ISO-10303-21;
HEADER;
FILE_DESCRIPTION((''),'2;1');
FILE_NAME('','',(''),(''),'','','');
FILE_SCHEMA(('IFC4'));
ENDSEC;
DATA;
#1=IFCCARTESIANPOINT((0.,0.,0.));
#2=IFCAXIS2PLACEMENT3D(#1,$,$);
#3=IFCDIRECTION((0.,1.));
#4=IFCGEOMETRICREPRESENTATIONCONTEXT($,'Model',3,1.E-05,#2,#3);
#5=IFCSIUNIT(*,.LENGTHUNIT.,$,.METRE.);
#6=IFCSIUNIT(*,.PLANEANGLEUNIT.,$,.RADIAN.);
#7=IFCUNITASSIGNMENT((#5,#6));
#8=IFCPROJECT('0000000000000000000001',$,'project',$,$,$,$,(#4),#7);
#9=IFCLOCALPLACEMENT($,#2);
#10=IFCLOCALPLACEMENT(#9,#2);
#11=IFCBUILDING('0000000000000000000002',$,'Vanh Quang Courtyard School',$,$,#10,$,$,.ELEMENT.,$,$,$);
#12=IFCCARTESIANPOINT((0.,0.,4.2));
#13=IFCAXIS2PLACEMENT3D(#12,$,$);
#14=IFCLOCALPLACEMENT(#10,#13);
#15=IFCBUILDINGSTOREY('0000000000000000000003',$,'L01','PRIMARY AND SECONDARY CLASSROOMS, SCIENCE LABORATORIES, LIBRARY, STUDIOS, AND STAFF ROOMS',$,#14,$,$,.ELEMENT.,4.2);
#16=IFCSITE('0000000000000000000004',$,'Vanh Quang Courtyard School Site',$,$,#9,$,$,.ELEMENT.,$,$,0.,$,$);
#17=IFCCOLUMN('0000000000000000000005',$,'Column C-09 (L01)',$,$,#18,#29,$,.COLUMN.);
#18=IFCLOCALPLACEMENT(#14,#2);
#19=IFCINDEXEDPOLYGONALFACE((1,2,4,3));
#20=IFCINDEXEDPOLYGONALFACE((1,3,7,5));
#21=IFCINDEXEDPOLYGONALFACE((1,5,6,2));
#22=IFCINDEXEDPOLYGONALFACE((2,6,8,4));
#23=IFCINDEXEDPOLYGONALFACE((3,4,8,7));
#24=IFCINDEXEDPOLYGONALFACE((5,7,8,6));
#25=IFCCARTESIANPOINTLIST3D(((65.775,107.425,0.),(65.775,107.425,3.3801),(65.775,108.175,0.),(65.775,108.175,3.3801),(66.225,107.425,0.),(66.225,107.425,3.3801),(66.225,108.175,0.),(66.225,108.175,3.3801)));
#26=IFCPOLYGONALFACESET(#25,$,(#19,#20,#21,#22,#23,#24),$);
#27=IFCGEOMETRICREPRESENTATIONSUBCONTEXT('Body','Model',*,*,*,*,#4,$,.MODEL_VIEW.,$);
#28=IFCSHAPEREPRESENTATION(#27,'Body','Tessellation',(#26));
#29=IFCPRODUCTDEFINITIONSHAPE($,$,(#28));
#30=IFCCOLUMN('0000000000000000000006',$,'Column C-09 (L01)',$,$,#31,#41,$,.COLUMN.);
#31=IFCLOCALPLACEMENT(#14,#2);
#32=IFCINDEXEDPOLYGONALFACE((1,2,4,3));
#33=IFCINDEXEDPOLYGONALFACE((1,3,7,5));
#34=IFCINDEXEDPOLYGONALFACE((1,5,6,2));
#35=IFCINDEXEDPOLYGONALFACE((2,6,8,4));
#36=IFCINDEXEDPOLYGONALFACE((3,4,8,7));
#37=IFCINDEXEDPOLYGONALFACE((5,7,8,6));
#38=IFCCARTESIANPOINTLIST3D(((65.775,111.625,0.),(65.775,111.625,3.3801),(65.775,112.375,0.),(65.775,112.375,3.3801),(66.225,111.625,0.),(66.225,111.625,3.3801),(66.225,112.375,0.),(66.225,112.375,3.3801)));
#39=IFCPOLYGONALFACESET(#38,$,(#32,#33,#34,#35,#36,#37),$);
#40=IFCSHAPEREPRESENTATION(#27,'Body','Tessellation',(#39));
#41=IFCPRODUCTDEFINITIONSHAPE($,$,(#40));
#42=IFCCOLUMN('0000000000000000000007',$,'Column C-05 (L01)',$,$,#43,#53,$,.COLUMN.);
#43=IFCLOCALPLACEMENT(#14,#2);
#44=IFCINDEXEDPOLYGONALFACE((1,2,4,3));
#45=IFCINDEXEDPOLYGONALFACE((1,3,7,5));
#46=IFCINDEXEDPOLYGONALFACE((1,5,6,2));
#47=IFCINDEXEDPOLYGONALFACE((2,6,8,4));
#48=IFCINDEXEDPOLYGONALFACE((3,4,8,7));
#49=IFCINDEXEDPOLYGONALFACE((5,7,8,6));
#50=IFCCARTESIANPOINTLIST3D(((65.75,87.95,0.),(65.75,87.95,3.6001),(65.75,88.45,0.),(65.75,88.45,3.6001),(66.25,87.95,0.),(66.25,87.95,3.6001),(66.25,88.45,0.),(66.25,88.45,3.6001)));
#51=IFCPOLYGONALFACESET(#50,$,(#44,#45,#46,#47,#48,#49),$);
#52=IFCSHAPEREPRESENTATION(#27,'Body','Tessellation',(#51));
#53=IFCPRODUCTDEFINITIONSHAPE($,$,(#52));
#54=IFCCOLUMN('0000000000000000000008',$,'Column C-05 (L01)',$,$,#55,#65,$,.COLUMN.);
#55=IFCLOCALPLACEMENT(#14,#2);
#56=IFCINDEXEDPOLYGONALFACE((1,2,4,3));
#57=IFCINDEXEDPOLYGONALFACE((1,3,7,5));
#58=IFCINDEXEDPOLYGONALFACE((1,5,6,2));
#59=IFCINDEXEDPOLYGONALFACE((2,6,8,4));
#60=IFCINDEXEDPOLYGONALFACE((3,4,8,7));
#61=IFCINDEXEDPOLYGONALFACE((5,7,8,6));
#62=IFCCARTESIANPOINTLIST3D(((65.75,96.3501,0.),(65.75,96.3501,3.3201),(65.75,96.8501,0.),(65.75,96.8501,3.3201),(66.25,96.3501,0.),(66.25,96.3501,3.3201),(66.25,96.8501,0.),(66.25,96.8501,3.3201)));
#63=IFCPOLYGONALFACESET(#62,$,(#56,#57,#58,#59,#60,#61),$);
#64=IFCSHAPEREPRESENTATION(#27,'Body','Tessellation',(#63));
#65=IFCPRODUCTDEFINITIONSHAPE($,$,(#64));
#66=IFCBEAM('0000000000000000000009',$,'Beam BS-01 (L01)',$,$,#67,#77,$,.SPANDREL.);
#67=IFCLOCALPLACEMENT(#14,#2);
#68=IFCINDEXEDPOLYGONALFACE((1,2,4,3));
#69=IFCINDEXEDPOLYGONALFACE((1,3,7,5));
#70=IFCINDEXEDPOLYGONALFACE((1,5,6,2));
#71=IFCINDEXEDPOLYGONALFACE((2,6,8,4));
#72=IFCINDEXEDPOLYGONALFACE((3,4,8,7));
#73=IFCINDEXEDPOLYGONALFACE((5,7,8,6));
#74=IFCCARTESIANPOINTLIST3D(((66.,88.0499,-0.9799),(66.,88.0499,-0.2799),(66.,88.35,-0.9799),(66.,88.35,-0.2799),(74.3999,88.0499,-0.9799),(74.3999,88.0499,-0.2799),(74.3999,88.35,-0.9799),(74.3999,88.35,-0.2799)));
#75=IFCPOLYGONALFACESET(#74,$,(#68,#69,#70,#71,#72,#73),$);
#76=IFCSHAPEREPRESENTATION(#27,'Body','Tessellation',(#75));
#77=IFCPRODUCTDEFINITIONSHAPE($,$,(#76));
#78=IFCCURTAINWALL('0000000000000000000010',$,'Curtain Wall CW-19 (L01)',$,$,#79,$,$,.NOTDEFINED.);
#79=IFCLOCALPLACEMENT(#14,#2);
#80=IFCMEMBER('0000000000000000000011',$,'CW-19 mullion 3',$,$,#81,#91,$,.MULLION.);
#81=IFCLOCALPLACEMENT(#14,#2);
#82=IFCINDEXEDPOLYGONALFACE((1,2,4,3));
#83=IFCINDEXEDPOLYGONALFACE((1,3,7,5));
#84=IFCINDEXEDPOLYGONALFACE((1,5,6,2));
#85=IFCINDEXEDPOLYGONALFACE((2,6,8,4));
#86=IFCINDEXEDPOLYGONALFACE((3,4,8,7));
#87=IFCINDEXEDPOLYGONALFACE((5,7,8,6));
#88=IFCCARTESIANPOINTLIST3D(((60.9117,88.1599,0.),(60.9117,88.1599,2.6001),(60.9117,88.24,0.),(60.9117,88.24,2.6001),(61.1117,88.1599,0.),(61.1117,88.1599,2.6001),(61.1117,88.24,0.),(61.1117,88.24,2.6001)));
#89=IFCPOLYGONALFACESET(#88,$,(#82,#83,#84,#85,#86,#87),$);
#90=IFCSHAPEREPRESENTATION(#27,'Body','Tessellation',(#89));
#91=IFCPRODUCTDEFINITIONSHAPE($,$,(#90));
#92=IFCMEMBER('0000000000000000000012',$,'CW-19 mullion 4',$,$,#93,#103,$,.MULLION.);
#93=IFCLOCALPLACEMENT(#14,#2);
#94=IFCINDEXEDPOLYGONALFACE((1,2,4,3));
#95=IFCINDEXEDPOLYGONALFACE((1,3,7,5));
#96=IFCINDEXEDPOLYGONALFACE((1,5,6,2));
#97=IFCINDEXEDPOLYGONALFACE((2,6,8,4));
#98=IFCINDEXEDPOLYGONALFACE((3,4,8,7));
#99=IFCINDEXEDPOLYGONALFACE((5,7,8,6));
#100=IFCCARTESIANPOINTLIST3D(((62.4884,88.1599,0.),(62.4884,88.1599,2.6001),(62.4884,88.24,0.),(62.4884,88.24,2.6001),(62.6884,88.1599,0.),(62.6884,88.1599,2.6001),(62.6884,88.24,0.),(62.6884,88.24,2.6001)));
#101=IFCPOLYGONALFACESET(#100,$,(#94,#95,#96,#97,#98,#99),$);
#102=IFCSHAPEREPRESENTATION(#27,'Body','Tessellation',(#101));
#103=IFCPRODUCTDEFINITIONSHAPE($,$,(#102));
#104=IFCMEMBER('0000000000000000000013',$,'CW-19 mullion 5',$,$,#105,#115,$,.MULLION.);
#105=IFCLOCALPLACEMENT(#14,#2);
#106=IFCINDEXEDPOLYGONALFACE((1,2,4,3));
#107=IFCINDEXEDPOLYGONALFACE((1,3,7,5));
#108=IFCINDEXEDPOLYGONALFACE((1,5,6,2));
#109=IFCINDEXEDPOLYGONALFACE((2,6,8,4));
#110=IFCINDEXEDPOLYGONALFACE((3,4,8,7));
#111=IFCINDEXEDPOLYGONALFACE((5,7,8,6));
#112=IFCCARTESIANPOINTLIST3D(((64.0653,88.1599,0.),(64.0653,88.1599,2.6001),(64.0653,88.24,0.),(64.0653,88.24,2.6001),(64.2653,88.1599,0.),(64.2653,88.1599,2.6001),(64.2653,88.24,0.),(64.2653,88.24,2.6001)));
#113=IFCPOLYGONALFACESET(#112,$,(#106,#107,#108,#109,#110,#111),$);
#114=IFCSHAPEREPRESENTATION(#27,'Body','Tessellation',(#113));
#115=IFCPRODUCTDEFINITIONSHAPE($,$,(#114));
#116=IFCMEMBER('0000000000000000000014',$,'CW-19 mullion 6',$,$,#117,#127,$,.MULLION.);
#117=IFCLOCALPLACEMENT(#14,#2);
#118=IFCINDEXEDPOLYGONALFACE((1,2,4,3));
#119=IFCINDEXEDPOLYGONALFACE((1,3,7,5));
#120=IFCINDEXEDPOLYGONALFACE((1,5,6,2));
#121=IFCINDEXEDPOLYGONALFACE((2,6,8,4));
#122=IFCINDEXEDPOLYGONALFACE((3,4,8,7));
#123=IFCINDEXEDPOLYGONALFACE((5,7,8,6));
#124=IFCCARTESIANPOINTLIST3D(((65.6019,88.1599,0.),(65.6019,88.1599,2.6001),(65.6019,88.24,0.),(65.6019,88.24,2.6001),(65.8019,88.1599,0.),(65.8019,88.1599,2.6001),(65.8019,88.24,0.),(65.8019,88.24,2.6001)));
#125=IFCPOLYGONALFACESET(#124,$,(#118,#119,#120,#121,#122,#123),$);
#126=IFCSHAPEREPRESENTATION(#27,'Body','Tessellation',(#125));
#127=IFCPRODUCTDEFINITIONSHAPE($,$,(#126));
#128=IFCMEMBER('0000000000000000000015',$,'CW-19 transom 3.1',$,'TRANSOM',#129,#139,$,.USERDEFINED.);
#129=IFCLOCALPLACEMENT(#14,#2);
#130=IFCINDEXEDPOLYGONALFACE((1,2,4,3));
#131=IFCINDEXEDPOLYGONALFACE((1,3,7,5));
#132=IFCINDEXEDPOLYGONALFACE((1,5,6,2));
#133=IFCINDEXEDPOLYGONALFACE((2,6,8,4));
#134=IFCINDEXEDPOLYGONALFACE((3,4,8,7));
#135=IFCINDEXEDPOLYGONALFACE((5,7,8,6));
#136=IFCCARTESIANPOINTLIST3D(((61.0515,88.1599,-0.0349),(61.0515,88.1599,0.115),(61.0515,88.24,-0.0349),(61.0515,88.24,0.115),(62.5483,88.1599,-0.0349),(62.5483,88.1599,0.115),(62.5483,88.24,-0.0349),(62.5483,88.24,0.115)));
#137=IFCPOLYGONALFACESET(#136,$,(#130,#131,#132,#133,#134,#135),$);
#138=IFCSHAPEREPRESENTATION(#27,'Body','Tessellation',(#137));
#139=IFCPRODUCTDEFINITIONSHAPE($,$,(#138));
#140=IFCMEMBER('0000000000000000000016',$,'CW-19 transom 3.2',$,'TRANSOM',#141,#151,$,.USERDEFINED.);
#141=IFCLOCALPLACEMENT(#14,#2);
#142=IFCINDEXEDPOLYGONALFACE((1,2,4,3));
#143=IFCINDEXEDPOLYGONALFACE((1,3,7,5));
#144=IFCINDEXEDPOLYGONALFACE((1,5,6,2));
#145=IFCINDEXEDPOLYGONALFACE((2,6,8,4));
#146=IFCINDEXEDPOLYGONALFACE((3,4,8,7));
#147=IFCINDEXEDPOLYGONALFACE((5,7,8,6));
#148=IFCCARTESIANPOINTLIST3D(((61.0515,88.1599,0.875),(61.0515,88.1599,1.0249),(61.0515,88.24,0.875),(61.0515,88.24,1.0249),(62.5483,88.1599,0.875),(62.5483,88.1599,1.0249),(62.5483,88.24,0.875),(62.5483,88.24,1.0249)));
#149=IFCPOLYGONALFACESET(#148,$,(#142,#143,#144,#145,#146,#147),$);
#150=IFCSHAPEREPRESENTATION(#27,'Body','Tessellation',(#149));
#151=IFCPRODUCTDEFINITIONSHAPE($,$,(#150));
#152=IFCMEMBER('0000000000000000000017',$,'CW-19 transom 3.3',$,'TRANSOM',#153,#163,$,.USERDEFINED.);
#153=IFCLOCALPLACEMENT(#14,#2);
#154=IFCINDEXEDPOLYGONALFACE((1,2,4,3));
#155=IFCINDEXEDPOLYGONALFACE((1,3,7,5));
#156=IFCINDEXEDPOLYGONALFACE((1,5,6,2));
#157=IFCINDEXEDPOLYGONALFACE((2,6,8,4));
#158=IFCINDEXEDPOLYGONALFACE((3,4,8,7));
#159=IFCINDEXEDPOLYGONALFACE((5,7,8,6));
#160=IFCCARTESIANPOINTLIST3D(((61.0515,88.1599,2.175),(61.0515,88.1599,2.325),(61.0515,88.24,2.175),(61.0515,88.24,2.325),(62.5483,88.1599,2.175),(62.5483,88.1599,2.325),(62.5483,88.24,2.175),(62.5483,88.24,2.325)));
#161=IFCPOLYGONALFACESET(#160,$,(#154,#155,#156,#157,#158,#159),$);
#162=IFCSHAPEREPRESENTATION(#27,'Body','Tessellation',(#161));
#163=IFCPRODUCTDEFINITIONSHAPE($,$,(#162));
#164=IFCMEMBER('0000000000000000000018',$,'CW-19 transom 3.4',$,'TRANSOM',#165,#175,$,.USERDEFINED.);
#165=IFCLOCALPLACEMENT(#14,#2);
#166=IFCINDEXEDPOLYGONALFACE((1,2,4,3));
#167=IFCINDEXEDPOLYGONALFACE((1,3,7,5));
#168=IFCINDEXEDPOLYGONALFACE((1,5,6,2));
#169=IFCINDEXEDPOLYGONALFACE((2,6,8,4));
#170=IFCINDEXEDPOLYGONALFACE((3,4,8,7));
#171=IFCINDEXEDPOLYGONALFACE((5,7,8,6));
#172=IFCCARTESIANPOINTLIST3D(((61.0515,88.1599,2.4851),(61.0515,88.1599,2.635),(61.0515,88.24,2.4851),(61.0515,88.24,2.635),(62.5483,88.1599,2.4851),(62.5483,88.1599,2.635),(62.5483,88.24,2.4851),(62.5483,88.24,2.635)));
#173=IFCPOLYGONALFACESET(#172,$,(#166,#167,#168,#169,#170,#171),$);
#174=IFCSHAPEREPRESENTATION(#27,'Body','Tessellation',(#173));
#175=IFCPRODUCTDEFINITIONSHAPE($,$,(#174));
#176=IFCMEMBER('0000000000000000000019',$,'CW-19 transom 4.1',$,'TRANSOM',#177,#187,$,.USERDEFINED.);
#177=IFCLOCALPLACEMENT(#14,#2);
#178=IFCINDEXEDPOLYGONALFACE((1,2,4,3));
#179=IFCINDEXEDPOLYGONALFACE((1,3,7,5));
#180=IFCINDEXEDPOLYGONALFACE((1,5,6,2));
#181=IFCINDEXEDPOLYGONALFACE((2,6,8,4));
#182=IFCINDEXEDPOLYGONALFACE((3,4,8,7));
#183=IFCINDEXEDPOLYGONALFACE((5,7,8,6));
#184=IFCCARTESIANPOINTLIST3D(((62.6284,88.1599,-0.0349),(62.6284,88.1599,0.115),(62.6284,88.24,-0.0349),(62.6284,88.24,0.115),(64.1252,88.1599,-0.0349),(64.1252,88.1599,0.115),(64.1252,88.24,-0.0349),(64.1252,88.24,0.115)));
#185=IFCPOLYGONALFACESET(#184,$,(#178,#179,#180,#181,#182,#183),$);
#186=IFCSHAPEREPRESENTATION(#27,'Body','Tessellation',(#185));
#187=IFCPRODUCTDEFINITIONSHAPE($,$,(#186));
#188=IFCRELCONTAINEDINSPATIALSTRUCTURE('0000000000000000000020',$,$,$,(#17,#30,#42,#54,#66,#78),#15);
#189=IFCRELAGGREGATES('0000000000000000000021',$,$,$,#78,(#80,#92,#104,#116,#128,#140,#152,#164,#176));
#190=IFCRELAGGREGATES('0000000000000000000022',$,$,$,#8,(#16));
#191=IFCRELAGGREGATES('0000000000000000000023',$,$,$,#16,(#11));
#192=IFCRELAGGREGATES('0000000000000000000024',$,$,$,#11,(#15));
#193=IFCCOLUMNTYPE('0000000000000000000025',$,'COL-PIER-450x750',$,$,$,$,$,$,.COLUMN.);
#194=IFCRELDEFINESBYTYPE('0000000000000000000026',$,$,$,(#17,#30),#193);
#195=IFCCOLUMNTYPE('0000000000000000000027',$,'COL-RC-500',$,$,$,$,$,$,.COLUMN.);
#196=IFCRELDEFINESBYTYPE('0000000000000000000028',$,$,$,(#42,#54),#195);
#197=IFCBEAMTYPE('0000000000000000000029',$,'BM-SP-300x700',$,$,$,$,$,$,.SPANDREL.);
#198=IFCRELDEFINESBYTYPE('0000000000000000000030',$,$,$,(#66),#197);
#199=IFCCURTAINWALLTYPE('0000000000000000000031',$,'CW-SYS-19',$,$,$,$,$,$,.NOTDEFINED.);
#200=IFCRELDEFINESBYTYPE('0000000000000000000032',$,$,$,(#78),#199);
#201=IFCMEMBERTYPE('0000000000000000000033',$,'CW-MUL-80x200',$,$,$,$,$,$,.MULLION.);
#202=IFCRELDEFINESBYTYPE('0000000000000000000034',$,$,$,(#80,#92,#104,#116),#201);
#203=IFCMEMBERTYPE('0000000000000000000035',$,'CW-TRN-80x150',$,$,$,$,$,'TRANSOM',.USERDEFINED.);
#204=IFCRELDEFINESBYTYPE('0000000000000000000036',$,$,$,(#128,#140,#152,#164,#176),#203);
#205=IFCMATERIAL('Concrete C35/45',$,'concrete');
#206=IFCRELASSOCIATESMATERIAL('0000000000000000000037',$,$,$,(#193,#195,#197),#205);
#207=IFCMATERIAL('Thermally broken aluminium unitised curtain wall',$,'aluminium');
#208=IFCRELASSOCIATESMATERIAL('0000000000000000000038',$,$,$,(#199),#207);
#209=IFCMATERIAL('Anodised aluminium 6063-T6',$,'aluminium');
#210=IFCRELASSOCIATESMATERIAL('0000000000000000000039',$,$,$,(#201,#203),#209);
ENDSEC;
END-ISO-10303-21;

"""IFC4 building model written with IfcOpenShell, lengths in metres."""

from ifc_helpers import new_model, si_unit, direction, frame, origin, origin_2d, place, context, subcontext, project, spatial, rectangle, extrude, material, material_profile, profile_set, type_object, element, aggregate, save


model = new_model("IFC4")

# Units and contexts
model_context = context("Model", 3, precision=1e-05, world=origin(), true_north=direction((0.0, 1.0)))
body_context = subcontext(model_context, "Body", "Model", "MODEL_VIEW")
ifc_project = project(units=[si_unit("LENGTHUNIT", "METRE"), si_unit("PLANEANGLEUNIT", "RADIAN")], contexts=[model_context])

# Site, building, storey
site_placement = place(None, origin())
site = spatial("IfcSite", under=ifc_project, at=site_placement, Name="Vanh Quang Courtyard School Site", CompositionType="ELEMENT", RefElevation=0.0)
building_placement = place(site_placement, origin())
building = spatial("IfcBuilding", under=site, at=building_placement, Name="Vanh Quang Courtyard School", CompositionType="ELEMENT")
storey_placement = place(building_placement, frame((0.0, 0.0, 4.2)))
storey = spatial("IfcBuildingStorey", under=building, at=storey_placement, Name="L01", Description="PRIMARY AND SECONDARY CLASSROOMS, SCIENCE LABORATORIES, LIBRARY, STUDIOS, AND STAFF ROOMS", CompositionType="ELEMENT", Elevation=4.2)

# Columns
ifc_material_1 = material(Name="Concrete C35/45", Category="concrete")
ifc_material_profile_1 = material_profile(ifc_material_1, rectangle(XDim=0.45, YDim=0.75, at=origin_2d()), Name="RC-PIER 450x750")
ifc_profile_set_1 = profile_set([ifc_material_profile_1], Name="Concrete C35/45")
column_type_1 = type_object("IfcColumnType", Name="COL-PIER-450x750", PredefinedType="COLUMN", material=ifc_profile_set_1)
for number, where, z_axis, x_axis, name in (
    (1, (66.0, 107.8, 0.0), (0.0, 0.0, 1.0), (1.0, 0.0, 0.0), "Column C-09 (L01)"),
    (2, (66.0, 112.0, 0.0), (0.0, 0.0, 1.0), (1.0, 0.0, 0.0), "Column C-09 (L01)"),
):
    element("IfcColumn", number, at=place(storey_placement, frame(where, z_axis=z_axis, x_axis=x_axis)), inside=storey, type_object=column_type_1, Name=name, PredefinedType="COLUMN", context=body_context, shape_type="SweptSolid", body=[
        extrude(rectangle(XDim=0.45, YDim=0.75, at=origin_2d()), origin(), (0.0, 0.0, 1.0), 3.3801),
    ])
ifc_material_profile_2 = material_profile(ifc_material_1, rectangle(XDim=0.5, YDim=0.5, at=origin_2d()), Name="RC-COL 500x500")
ifc_profile_set_2 = profile_set([ifc_material_profile_2], Name="Concrete C35/45")
column_type_2 = type_object("IfcColumnType", Name="COL-RC-500", PredefinedType="COLUMN", material=ifc_profile_set_2)
column_1_placement = place(storey_placement, frame((66.0, 88.2, 0.0), z_axis=(0.0, 0.0, 1.0), x_axis=(1.0, 0.0, 0.0)))
element("IfcColumn", 3, at=column_1_placement, inside=storey, type_object=column_type_2, Name="Column C-05 (L01)", PredefinedType="COLUMN", context=body_context, shape_type="SweptSolid", body=[
    extrude(rectangle(XDim=0.5, YDim=0.5, at=origin_2d()), origin(), (0.0, 0.0, 1.0), 3.6001),
])
column_2_placement = place(storey_placement, frame((66.0, 96.6001, 0.0), z_axis=(0.0, 0.0, 1.0), x_axis=(1.0, 0.0, 0.0)))
element("IfcColumn", 4, at=column_2_placement, inside=storey, type_object=column_type_2, Name="Column C-05 (L01)", PredefinedType="COLUMN", context=body_context, shape_type="SweptSolid", body=[
    extrude(rectangle(XDim=0.5, YDim=0.5, at=origin_2d()), origin(), (0.0, 0.0, 1.0), 3.3201),
])

# Beam
ifc_material_profile_3 = material_profile(ifc_material_1, rectangle(XDim=0.3, YDim=0.7, at=origin_2d()), Name="RC-SP 300x700")
ifc_profile_set_3 = profile_set([ifc_material_profile_3], Name="Concrete C35/45")
beam_type = type_object("IfcBeamType", Name="BM-SP-300x700", PredefinedType="SPANDREL", material=ifc_profile_set_3)
beam_placement = place(storey_placement, frame((66.0, 88.2, -0.6299), z_axis=(1.0, 0.0, 0.0), x_axis=(0.0, 1.0, 0.0)))
element("IfcBeam", 5, at=beam_placement, inside=storey, type_object=beam_type, Name="Beam BS-01 (L01)", PredefinedType="SPANDREL", context=body_context, shape_type="SweptSolid", body=[
    extrude(rectangle(XDim=0.3, YDim=0.7, at=origin_2d()), origin(), (0.0, 0.0, 1.0), 8.3999),
])

# Curtain wall, members
ifc_material_2 = material(Name="Thermally broken aluminium unitised curtain wall", Category="aluminium")
curtain_wall_type = type_object("IfcCurtainWallType", Name="CW-SYS-19", PredefinedType="NOTDEFINED", material=ifc_material_2)
curtain_wall_placement = place(storey_placement, origin())
curtain_wall = element("IfcCurtainWall", 6, at=curtain_wall_placement, inside=storey, type_object=curtain_wall_type, Name="Curtain Wall CW-19 (L01)", PredefinedType="NOTDEFINED")
ifc_material_3 = material(Name="Anodised aluminium 6063-T6", Category="aluminium")
ifc_material_profile_4 = material_profile(ifc_material_3, rectangle(XDim=0.0801, YDim=0.2, at=origin_2d()), Name="ALU-MUL 80x200")
ifc_profile_set_4 = profile_set([ifc_material_profile_4], Name="Anodised aluminium 6063-T6")
member_type_1 = type_object("IfcMemberType", Name="CW-MUL-80x200", PredefinedType="MULLION", material=ifc_profile_set_4)
member_1_placement = place(storey_placement, frame((61.0117, 88.2, 0.0), z_axis=(0.0, 0.0, 1.0), x_axis=(0.0, 1.0, 0.0)))
member_1 = element("IfcMember", 7, at=member_1_placement, type_object=member_type_1, Name="CW-19 mullion 3", PredefinedType="MULLION", context=body_context, shape_type="SweptSolid", body=[
    extrude(rectangle(XDim=0.0801, YDim=0.2, at=origin_2d()), origin(), (0.0, 0.0, 1.0), 2.6001),
])
member_2_placement = place(storey_placement, frame((62.5884, 88.2, 0.0), z_axis=(0.0, 0.0, 1.0), x_axis=(0.0, 1.0, 0.0)))
member_2 = element("IfcMember", 8, at=member_2_placement, type_object=member_type_1, Name="CW-19 mullion 4", PredefinedType="MULLION", context=body_context, shape_type="SweptSolid", body=[
    extrude(rectangle(XDim=0.0801, YDim=0.2, at=origin_2d()), origin(), (0.0, 0.0, 1.0), 2.6001),
])
member_3_placement = place(storey_placement, frame((64.1653, 88.2, 0.0), z_axis=(0.0, 0.0, 1.0), x_axis=(0.0, 1.0, 0.0)))
member_3 = element("IfcMember", 9, at=member_3_placement, type_object=member_type_1, Name="CW-19 mullion 5", PredefinedType="MULLION", context=body_context, shape_type="SweptSolid", body=[
    extrude(rectangle(XDim=0.0801, YDim=0.2, at=origin_2d()), origin(), (0.0, 0.0, 1.0), 2.6001),
])
member_4_placement = place(storey_placement, frame((65.7019, 88.2, 0.0), z_axis=(0.0, 0.0, 1.0), x_axis=(0.0, 1.0, 0.0)))
member_4 = element("IfcMember", 10, at=member_4_placement, type_object=member_type_1, Name="CW-19 mullion 6", PredefinedType="MULLION", context=body_context, shape_type="SweptSolid", body=[
    extrude(rectangle(XDim=0.0801, YDim=0.2, at=origin_2d()), origin(), (0.0, 0.0, 1.0), 2.6001),
])
ifc_material_profile_5 = material_profile(ifc_material_3, rectangle(XDim=0.0801, YDim=0.1499, at=origin_2d()), Name="ALU-TRN 80x150")
ifc_profile_set_5 = profile_set([ifc_material_profile_5], Name="Anodised aluminium 6063-T6")
member_type_2 = type_object("IfcMemberType", Name="CW-TRN-80x150", ElementType="TRANSOM", PredefinedType="USERDEFINED", material=ifc_profile_set_5)
member_5_placement = place(storey_placement, frame((61.0515, 88.2, 0.04), z_axis=(1.0, 0.0, 0.0), x_axis=(0.0, 1.0, 0.0)))
member_5 = element("IfcMember", 11, at=member_5_placement, type_object=member_type_2, Name="CW-19 transom 3.1", ObjectType="TRANSOM", PredefinedType="USERDEFINED", context=body_context, shape_type="SweptSolid", body=[
    extrude(rectangle(XDim=0.0801, YDim=0.1499, at=origin_2d()), origin(), (0.0, 0.0, 1.0), 1.4968),
])
member_6_placement = place(storey_placement, frame((61.0515, 88.2, 0.95), z_axis=(1.0, 0.0, 0.0), x_axis=(0.0, 1.0, 0.0)))
member_6 = element("IfcMember", 12, at=member_6_placement, type_object=member_type_2, Name="CW-19 transom 3.2", ObjectType="TRANSOM", PredefinedType="USERDEFINED", context=body_context, shape_type="SweptSolid", body=[
    extrude(rectangle(XDim=0.0801, YDim=0.1499, at=origin_2d()), origin(), (0.0, 0.0, 1.0), 1.4968),
])
member_7_placement = place(storey_placement, frame((61.0515, 88.2, 2.25), z_axis=(1.0, 0.0, 0.0), x_axis=(0.0, 1.0, 0.0)))
member_7 = element("IfcMember", 13, at=member_7_placement, type_object=member_type_2, Name="CW-19 transom 3.3", ObjectType="TRANSOM", PredefinedType="USERDEFINED", context=body_context, shape_type="SweptSolid", body=[
    extrude(rectangle(XDim=0.0801, YDim=0.1499, at=origin_2d()), origin(), (0.0, 0.0, 1.0), 1.4968),
])
member_8_placement = place(storey_placement, frame((61.0515, 88.2, 2.5601), z_axis=(1.0, 0.0, 0.0), x_axis=(0.0, 1.0, 0.0)))
member_8 = element("IfcMember", 14, at=member_8_placement, type_object=member_type_2, Name="CW-19 transom 3.4", ObjectType="TRANSOM", PredefinedType="USERDEFINED", context=body_context, shape_type="SweptSolid", body=[
    extrude(rectangle(XDim=0.0801, YDim=0.1499, at=origin_2d()), origin(), (0.0, 0.0, 1.0), 1.4968),
])
member_9_placement = place(storey_placement, frame((62.6284, 88.2, 0.04), z_axis=(1.0, 0.0, 0.0), x_axis=(0.0, 1.0, 0.0)))
member_9 = element("IfcMember", 15, at=member_9_placement, type_object=member_type_2, Name="CW-19 transom 4.1", ObjectType="TRANSOM", PredefinedType="USERDEFINED", context=body_context, shape_type="SweptSolid", body=[
    extrude(rectangle(XDim=0.0801, YDim=0.1499, at=origin_2d()), origin(), (0.0, 0.0, 1.0), 1.4968),
])
aggregate(curtain_wall, [member_1, member_2, member_3, member_4, member_5, member_6, member_7, member_8, member_9])

save(model, "model.ifc")
